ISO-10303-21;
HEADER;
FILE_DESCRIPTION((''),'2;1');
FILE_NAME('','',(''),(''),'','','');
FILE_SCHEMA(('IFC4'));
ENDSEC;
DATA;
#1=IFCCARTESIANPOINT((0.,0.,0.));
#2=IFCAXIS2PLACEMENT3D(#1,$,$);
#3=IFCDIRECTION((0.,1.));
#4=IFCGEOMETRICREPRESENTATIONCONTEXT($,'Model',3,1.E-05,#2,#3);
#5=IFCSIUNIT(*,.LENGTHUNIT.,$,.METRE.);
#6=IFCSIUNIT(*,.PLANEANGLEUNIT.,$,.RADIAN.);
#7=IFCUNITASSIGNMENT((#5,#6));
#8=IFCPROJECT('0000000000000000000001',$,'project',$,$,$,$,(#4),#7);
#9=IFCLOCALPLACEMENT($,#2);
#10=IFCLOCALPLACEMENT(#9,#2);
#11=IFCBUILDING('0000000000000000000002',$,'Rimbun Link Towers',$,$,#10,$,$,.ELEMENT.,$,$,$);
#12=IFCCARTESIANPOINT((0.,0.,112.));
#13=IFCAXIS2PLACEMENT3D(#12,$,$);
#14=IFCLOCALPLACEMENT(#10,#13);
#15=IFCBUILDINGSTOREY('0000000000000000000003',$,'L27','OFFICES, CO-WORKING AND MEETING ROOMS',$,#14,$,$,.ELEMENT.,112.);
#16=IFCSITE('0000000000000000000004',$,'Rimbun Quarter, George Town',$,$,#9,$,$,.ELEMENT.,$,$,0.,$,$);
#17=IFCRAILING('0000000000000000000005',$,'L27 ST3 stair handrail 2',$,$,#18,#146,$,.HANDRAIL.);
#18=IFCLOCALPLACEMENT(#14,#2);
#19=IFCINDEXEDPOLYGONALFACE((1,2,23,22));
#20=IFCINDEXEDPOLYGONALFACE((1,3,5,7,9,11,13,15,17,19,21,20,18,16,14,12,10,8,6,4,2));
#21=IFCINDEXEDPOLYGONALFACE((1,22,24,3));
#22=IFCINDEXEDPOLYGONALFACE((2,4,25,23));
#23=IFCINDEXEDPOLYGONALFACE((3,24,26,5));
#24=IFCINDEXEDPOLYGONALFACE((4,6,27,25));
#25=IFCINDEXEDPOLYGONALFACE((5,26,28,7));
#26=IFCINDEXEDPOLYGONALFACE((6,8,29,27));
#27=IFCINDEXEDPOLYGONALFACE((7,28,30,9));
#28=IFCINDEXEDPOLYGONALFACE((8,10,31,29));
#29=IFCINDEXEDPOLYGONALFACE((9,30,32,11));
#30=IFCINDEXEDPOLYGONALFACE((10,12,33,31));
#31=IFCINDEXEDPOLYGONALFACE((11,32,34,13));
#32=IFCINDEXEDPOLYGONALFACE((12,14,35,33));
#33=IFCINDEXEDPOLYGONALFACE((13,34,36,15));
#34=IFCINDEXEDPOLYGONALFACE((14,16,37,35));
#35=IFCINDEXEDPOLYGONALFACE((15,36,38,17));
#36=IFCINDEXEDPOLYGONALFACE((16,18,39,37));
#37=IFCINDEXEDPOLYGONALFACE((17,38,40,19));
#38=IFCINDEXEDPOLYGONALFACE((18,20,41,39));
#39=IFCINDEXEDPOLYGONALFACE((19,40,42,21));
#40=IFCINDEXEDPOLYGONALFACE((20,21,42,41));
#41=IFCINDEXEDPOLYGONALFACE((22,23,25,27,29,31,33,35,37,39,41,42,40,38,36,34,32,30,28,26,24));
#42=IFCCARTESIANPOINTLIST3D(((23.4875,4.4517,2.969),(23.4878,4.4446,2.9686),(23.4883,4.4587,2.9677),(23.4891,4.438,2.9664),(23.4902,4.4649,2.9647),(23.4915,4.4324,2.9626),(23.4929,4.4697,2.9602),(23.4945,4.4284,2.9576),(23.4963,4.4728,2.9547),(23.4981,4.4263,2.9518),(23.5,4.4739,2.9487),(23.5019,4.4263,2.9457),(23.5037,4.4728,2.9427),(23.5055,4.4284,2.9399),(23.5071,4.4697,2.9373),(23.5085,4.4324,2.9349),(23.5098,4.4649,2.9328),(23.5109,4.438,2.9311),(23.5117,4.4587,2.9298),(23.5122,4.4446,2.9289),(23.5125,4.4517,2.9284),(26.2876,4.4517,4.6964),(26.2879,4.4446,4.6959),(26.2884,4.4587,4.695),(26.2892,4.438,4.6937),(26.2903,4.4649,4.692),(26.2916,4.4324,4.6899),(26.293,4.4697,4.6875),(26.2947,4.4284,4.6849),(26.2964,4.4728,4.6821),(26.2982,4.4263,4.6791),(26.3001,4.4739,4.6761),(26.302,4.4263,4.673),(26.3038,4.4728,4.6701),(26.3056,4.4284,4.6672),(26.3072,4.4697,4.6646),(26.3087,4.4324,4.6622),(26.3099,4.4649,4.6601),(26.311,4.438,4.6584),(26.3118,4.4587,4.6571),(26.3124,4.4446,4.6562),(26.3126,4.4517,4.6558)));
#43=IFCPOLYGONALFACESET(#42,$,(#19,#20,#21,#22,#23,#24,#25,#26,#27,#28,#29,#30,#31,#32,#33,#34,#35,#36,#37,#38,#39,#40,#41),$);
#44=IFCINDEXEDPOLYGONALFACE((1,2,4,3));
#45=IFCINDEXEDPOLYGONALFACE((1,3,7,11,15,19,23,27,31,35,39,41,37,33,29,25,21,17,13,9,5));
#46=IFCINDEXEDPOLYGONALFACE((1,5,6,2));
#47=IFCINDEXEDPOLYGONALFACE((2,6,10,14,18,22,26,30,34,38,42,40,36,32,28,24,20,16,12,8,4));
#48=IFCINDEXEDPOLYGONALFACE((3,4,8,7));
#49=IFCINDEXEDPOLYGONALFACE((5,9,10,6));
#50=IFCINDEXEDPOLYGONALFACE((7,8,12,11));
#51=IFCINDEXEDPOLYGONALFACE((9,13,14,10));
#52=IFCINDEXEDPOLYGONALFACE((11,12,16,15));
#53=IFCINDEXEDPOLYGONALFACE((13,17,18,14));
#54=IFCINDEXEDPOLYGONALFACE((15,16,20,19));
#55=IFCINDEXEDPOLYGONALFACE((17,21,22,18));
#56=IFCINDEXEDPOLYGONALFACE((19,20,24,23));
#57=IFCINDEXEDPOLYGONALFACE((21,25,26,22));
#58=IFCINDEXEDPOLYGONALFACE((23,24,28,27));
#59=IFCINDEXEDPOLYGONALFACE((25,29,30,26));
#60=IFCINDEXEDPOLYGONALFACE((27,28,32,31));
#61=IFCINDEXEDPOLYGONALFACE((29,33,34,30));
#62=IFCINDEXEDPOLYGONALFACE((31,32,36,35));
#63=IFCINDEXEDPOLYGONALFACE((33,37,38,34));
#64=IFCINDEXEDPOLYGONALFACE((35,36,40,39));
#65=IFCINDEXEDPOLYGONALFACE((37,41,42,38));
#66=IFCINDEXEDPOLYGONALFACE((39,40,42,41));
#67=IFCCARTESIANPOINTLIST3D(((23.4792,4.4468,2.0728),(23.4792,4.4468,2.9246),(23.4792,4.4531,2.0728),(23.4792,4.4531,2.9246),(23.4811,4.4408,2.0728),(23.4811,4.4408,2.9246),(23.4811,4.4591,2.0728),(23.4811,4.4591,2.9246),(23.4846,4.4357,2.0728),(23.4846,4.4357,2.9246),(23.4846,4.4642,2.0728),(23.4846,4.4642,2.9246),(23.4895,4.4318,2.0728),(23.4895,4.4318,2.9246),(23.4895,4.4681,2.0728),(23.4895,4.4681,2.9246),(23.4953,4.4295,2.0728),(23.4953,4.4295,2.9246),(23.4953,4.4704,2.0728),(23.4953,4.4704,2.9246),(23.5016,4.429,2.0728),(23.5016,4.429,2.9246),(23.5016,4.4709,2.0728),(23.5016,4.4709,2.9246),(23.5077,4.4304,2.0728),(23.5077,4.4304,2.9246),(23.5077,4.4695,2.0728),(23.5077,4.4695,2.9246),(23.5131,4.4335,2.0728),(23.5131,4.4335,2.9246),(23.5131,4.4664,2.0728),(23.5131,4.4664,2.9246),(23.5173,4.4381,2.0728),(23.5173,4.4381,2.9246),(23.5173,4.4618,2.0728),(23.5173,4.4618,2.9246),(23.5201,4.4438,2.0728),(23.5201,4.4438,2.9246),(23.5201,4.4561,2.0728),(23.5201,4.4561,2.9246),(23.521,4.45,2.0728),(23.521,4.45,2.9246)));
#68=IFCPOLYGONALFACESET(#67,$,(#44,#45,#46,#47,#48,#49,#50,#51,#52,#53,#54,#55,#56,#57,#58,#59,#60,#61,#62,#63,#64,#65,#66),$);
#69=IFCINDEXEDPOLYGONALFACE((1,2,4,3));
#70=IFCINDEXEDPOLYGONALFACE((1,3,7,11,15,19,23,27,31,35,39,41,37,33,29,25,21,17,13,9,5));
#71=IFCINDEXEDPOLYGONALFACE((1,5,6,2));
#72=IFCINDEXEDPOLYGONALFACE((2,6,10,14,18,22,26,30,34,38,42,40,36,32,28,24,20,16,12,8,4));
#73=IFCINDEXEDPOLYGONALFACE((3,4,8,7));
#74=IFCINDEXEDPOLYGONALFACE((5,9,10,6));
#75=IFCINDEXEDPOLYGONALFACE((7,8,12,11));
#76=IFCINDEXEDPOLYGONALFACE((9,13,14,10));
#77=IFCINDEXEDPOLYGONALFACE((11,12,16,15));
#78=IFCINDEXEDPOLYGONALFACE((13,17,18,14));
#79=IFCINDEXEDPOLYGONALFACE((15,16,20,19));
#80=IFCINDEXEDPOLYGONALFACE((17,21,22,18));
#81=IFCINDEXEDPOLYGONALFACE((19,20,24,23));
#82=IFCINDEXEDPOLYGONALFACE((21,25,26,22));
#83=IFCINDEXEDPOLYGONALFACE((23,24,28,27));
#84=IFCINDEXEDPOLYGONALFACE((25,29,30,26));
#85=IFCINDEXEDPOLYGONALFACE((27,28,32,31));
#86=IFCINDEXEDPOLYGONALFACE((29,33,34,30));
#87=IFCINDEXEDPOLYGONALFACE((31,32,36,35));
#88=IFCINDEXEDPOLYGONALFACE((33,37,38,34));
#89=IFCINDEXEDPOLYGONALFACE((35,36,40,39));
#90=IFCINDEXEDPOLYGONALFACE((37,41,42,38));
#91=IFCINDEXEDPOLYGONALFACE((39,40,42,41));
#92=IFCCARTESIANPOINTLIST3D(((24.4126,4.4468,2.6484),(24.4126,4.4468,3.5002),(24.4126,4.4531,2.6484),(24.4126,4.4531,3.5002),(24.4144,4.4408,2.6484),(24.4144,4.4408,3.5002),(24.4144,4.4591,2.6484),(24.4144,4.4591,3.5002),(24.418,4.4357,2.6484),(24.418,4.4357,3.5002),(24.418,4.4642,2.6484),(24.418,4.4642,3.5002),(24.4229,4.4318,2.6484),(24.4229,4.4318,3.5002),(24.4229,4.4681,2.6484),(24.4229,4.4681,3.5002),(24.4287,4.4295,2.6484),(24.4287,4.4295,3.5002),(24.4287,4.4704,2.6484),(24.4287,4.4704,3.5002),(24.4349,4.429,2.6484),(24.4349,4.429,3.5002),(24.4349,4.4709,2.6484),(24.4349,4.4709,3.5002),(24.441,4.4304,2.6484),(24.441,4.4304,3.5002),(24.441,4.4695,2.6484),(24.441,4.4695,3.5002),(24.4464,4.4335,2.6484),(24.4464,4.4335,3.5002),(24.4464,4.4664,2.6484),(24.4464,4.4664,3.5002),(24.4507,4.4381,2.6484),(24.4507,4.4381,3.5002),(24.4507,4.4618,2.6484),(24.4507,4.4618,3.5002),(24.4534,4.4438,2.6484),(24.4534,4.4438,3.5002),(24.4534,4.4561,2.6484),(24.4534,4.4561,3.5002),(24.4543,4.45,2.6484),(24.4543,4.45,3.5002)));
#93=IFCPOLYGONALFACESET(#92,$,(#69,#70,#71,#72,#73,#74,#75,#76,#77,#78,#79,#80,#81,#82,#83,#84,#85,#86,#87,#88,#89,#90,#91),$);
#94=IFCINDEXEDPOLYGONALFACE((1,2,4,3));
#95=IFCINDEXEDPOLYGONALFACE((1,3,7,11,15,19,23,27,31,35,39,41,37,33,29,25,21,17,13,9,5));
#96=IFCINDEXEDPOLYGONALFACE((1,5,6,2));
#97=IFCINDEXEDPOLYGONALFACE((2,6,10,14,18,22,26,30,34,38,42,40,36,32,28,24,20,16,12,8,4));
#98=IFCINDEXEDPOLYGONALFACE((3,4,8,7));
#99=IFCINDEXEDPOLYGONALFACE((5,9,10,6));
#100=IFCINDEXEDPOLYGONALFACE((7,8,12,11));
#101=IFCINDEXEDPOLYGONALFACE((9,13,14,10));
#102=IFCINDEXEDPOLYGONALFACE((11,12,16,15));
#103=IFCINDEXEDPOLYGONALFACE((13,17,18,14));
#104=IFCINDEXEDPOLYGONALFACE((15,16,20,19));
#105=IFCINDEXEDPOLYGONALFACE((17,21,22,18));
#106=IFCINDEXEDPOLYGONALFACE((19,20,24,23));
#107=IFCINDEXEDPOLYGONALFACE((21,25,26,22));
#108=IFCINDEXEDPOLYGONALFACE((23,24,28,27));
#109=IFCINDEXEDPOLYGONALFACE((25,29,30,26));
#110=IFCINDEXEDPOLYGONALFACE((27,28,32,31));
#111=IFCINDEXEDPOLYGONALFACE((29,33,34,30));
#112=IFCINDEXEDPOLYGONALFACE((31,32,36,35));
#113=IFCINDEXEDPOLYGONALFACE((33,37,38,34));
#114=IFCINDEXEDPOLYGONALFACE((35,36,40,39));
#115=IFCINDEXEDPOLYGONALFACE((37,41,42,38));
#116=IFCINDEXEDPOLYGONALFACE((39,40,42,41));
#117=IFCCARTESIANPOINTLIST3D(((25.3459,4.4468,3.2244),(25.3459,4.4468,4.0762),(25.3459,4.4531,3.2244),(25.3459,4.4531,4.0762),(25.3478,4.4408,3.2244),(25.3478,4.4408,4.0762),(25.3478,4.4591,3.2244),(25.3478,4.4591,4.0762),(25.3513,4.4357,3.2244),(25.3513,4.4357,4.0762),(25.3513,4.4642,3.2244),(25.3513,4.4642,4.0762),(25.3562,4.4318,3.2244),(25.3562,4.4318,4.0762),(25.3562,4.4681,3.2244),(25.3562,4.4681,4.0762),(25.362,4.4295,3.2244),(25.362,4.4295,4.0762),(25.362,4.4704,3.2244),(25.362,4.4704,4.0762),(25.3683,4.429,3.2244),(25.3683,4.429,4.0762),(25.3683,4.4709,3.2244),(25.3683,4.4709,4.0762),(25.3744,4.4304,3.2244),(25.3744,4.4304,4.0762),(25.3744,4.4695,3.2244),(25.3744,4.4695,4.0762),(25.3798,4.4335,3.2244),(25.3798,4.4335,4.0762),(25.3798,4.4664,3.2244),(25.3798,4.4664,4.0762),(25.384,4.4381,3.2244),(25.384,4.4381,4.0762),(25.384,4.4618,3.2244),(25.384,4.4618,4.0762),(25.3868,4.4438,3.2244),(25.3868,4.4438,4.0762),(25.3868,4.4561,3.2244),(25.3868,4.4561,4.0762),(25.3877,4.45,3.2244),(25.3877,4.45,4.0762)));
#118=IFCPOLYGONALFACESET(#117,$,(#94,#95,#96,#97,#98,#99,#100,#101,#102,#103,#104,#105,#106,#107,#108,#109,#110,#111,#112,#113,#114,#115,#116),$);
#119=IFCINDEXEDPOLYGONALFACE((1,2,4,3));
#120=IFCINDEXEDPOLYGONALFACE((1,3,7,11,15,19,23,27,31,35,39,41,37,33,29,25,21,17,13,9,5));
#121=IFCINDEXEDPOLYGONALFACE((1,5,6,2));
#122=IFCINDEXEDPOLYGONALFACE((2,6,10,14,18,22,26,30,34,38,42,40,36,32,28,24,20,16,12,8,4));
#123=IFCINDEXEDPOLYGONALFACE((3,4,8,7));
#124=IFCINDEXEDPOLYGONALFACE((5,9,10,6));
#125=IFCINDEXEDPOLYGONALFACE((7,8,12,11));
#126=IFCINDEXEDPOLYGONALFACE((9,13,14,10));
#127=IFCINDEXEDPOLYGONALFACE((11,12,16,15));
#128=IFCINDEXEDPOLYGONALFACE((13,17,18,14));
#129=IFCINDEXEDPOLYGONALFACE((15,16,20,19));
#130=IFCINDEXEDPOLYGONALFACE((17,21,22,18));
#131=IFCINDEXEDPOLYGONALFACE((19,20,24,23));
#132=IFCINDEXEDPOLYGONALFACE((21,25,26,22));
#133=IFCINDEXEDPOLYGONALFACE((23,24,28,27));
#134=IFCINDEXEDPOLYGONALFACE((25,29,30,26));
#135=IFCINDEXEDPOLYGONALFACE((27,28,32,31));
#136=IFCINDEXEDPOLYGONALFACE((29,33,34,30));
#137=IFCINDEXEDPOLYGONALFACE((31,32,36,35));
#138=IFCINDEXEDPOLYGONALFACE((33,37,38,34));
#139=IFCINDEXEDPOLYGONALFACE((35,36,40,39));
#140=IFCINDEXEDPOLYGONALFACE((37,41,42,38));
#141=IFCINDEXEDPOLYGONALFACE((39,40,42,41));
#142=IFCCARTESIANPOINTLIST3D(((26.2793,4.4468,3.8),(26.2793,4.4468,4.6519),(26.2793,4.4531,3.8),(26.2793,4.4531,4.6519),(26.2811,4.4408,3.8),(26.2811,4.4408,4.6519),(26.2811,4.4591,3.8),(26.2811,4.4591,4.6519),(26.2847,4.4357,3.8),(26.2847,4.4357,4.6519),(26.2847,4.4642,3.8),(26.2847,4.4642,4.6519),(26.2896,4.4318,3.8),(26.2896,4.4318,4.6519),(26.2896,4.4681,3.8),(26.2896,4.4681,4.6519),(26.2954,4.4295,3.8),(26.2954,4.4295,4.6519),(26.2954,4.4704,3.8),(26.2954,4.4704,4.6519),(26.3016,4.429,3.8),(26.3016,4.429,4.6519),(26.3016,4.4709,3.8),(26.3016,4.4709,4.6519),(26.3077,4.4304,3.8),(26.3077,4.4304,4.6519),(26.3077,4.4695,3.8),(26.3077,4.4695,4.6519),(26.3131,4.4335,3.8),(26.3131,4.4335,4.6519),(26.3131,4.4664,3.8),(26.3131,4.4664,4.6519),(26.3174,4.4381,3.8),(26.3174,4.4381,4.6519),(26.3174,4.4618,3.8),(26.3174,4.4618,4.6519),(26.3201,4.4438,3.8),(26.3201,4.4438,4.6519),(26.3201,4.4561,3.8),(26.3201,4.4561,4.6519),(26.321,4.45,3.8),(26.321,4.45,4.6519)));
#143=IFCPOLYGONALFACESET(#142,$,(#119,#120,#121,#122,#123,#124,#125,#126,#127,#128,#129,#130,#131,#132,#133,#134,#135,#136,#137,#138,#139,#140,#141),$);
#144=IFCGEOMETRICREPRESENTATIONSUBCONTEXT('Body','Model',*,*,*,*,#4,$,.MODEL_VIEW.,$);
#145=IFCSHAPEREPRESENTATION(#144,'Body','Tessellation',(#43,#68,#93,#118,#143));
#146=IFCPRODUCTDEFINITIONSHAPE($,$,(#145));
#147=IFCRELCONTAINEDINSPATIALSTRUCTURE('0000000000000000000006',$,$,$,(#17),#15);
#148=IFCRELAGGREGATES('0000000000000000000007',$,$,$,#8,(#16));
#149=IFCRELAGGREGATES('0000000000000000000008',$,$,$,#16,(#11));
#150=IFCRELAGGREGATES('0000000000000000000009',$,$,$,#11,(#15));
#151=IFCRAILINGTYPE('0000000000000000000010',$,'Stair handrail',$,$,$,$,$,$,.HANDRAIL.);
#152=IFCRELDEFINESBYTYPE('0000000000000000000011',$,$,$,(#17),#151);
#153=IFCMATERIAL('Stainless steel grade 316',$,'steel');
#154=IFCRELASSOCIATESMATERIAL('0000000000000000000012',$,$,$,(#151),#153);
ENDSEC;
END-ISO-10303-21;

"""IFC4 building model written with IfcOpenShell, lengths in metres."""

from ifc_helpers import new_model, si_unit, direction, frame, origin, origin_2d, place, context, subcontext, project, spatial, circle, extrude, material, type_object, element, save


model = new_model("IFC4")

# Units and contexts
model_context = context("Model", 3, precision=1e-05, world=origin(), true_north=direction((0.0, 1.0)))
body_context = subcontext(model_context, "Body", "Model", "MODEL_VIEW")
ifc_project = project(units=[si_unit("LENGTHUNIT", "METRE"), si_unit("PLANEANGLEUNIT", "RADIAN")], contexts=[model_context])

# Site, building, storey
site_placement = place(None, origin())
site = spatial("IfcSite", under=ifc_project, at=site_placement, Name="Rimbun Quarter, George Town", CompositionType="ELEMENT", RefElevation=0.0)
building_placement = place(site_placement, origin())
building = spatial("IfcBuilding", under=site, at=building_placement, Name="Rimbun Link Towers", CompositionType="ELEMENT")
storey_placement = place(building_placement, frame((0.0, 0.0, 112.0)))
storey = spatial("IfcBuildingStorey", under=building, at=storey_placement, Name="L27", Description="OFFICES, CO-WORKING AND MEETING ROOMS", CompositionType="ELEMENT", Elevation=112.0)

# Railing
ifc_material_1 = material(Name="Stainless steel grade 316", Category="steel")
railing_type_1 = type_object("IfcRailingType", Name="Stair handrail", PredefinedType="HANDRAIL", material=ifc_material_1)
railing_1_placement = place(storey_placement, frame((23.5, 4.45, 2.0728)))
element("IfcRailing", 1, at=railing_1_placement, inside=storey, type_object=railing_type_1, Name="L27 ST3 stair handrail 2", PredefinedType="HANDRAIL", context=body_context, shape_type="SweptSolid", body=[
    extrude(circle(Radius=0.0239, at=origin_2d()), frame((0.0, 0.0, 0.876), z_axis=(0.85109, 0.0, 0.52502), x_axis=(0.0, 1.0, 0.0)), (0.0, 0.0, 1.0), 3.29),
    extrude(circle(Radius=0.021, at=origin_2d()), origin(), (0.0, 0.0, 1.0), 0.8518),
    extrude(circle(Radius=0.021, at=origin_2d()), frame((0.9333, 0.0, 0.5757)), (0.0, 0.0, 1.0), 0.8518),
    extrude(circle(Radius=0.021, at=origin_2d()), frame((1.8667, 0.0, 1.1516)), (0.0, 0.0, 1.0), 0.8518),
    extrude(circle(Radius=0.021, at=origin_2d()), frame((2.8, 0.0, 1.7273)), (0.0, 0.0, 1.0), 0.8518),
])

save(model, "model.ifc")
